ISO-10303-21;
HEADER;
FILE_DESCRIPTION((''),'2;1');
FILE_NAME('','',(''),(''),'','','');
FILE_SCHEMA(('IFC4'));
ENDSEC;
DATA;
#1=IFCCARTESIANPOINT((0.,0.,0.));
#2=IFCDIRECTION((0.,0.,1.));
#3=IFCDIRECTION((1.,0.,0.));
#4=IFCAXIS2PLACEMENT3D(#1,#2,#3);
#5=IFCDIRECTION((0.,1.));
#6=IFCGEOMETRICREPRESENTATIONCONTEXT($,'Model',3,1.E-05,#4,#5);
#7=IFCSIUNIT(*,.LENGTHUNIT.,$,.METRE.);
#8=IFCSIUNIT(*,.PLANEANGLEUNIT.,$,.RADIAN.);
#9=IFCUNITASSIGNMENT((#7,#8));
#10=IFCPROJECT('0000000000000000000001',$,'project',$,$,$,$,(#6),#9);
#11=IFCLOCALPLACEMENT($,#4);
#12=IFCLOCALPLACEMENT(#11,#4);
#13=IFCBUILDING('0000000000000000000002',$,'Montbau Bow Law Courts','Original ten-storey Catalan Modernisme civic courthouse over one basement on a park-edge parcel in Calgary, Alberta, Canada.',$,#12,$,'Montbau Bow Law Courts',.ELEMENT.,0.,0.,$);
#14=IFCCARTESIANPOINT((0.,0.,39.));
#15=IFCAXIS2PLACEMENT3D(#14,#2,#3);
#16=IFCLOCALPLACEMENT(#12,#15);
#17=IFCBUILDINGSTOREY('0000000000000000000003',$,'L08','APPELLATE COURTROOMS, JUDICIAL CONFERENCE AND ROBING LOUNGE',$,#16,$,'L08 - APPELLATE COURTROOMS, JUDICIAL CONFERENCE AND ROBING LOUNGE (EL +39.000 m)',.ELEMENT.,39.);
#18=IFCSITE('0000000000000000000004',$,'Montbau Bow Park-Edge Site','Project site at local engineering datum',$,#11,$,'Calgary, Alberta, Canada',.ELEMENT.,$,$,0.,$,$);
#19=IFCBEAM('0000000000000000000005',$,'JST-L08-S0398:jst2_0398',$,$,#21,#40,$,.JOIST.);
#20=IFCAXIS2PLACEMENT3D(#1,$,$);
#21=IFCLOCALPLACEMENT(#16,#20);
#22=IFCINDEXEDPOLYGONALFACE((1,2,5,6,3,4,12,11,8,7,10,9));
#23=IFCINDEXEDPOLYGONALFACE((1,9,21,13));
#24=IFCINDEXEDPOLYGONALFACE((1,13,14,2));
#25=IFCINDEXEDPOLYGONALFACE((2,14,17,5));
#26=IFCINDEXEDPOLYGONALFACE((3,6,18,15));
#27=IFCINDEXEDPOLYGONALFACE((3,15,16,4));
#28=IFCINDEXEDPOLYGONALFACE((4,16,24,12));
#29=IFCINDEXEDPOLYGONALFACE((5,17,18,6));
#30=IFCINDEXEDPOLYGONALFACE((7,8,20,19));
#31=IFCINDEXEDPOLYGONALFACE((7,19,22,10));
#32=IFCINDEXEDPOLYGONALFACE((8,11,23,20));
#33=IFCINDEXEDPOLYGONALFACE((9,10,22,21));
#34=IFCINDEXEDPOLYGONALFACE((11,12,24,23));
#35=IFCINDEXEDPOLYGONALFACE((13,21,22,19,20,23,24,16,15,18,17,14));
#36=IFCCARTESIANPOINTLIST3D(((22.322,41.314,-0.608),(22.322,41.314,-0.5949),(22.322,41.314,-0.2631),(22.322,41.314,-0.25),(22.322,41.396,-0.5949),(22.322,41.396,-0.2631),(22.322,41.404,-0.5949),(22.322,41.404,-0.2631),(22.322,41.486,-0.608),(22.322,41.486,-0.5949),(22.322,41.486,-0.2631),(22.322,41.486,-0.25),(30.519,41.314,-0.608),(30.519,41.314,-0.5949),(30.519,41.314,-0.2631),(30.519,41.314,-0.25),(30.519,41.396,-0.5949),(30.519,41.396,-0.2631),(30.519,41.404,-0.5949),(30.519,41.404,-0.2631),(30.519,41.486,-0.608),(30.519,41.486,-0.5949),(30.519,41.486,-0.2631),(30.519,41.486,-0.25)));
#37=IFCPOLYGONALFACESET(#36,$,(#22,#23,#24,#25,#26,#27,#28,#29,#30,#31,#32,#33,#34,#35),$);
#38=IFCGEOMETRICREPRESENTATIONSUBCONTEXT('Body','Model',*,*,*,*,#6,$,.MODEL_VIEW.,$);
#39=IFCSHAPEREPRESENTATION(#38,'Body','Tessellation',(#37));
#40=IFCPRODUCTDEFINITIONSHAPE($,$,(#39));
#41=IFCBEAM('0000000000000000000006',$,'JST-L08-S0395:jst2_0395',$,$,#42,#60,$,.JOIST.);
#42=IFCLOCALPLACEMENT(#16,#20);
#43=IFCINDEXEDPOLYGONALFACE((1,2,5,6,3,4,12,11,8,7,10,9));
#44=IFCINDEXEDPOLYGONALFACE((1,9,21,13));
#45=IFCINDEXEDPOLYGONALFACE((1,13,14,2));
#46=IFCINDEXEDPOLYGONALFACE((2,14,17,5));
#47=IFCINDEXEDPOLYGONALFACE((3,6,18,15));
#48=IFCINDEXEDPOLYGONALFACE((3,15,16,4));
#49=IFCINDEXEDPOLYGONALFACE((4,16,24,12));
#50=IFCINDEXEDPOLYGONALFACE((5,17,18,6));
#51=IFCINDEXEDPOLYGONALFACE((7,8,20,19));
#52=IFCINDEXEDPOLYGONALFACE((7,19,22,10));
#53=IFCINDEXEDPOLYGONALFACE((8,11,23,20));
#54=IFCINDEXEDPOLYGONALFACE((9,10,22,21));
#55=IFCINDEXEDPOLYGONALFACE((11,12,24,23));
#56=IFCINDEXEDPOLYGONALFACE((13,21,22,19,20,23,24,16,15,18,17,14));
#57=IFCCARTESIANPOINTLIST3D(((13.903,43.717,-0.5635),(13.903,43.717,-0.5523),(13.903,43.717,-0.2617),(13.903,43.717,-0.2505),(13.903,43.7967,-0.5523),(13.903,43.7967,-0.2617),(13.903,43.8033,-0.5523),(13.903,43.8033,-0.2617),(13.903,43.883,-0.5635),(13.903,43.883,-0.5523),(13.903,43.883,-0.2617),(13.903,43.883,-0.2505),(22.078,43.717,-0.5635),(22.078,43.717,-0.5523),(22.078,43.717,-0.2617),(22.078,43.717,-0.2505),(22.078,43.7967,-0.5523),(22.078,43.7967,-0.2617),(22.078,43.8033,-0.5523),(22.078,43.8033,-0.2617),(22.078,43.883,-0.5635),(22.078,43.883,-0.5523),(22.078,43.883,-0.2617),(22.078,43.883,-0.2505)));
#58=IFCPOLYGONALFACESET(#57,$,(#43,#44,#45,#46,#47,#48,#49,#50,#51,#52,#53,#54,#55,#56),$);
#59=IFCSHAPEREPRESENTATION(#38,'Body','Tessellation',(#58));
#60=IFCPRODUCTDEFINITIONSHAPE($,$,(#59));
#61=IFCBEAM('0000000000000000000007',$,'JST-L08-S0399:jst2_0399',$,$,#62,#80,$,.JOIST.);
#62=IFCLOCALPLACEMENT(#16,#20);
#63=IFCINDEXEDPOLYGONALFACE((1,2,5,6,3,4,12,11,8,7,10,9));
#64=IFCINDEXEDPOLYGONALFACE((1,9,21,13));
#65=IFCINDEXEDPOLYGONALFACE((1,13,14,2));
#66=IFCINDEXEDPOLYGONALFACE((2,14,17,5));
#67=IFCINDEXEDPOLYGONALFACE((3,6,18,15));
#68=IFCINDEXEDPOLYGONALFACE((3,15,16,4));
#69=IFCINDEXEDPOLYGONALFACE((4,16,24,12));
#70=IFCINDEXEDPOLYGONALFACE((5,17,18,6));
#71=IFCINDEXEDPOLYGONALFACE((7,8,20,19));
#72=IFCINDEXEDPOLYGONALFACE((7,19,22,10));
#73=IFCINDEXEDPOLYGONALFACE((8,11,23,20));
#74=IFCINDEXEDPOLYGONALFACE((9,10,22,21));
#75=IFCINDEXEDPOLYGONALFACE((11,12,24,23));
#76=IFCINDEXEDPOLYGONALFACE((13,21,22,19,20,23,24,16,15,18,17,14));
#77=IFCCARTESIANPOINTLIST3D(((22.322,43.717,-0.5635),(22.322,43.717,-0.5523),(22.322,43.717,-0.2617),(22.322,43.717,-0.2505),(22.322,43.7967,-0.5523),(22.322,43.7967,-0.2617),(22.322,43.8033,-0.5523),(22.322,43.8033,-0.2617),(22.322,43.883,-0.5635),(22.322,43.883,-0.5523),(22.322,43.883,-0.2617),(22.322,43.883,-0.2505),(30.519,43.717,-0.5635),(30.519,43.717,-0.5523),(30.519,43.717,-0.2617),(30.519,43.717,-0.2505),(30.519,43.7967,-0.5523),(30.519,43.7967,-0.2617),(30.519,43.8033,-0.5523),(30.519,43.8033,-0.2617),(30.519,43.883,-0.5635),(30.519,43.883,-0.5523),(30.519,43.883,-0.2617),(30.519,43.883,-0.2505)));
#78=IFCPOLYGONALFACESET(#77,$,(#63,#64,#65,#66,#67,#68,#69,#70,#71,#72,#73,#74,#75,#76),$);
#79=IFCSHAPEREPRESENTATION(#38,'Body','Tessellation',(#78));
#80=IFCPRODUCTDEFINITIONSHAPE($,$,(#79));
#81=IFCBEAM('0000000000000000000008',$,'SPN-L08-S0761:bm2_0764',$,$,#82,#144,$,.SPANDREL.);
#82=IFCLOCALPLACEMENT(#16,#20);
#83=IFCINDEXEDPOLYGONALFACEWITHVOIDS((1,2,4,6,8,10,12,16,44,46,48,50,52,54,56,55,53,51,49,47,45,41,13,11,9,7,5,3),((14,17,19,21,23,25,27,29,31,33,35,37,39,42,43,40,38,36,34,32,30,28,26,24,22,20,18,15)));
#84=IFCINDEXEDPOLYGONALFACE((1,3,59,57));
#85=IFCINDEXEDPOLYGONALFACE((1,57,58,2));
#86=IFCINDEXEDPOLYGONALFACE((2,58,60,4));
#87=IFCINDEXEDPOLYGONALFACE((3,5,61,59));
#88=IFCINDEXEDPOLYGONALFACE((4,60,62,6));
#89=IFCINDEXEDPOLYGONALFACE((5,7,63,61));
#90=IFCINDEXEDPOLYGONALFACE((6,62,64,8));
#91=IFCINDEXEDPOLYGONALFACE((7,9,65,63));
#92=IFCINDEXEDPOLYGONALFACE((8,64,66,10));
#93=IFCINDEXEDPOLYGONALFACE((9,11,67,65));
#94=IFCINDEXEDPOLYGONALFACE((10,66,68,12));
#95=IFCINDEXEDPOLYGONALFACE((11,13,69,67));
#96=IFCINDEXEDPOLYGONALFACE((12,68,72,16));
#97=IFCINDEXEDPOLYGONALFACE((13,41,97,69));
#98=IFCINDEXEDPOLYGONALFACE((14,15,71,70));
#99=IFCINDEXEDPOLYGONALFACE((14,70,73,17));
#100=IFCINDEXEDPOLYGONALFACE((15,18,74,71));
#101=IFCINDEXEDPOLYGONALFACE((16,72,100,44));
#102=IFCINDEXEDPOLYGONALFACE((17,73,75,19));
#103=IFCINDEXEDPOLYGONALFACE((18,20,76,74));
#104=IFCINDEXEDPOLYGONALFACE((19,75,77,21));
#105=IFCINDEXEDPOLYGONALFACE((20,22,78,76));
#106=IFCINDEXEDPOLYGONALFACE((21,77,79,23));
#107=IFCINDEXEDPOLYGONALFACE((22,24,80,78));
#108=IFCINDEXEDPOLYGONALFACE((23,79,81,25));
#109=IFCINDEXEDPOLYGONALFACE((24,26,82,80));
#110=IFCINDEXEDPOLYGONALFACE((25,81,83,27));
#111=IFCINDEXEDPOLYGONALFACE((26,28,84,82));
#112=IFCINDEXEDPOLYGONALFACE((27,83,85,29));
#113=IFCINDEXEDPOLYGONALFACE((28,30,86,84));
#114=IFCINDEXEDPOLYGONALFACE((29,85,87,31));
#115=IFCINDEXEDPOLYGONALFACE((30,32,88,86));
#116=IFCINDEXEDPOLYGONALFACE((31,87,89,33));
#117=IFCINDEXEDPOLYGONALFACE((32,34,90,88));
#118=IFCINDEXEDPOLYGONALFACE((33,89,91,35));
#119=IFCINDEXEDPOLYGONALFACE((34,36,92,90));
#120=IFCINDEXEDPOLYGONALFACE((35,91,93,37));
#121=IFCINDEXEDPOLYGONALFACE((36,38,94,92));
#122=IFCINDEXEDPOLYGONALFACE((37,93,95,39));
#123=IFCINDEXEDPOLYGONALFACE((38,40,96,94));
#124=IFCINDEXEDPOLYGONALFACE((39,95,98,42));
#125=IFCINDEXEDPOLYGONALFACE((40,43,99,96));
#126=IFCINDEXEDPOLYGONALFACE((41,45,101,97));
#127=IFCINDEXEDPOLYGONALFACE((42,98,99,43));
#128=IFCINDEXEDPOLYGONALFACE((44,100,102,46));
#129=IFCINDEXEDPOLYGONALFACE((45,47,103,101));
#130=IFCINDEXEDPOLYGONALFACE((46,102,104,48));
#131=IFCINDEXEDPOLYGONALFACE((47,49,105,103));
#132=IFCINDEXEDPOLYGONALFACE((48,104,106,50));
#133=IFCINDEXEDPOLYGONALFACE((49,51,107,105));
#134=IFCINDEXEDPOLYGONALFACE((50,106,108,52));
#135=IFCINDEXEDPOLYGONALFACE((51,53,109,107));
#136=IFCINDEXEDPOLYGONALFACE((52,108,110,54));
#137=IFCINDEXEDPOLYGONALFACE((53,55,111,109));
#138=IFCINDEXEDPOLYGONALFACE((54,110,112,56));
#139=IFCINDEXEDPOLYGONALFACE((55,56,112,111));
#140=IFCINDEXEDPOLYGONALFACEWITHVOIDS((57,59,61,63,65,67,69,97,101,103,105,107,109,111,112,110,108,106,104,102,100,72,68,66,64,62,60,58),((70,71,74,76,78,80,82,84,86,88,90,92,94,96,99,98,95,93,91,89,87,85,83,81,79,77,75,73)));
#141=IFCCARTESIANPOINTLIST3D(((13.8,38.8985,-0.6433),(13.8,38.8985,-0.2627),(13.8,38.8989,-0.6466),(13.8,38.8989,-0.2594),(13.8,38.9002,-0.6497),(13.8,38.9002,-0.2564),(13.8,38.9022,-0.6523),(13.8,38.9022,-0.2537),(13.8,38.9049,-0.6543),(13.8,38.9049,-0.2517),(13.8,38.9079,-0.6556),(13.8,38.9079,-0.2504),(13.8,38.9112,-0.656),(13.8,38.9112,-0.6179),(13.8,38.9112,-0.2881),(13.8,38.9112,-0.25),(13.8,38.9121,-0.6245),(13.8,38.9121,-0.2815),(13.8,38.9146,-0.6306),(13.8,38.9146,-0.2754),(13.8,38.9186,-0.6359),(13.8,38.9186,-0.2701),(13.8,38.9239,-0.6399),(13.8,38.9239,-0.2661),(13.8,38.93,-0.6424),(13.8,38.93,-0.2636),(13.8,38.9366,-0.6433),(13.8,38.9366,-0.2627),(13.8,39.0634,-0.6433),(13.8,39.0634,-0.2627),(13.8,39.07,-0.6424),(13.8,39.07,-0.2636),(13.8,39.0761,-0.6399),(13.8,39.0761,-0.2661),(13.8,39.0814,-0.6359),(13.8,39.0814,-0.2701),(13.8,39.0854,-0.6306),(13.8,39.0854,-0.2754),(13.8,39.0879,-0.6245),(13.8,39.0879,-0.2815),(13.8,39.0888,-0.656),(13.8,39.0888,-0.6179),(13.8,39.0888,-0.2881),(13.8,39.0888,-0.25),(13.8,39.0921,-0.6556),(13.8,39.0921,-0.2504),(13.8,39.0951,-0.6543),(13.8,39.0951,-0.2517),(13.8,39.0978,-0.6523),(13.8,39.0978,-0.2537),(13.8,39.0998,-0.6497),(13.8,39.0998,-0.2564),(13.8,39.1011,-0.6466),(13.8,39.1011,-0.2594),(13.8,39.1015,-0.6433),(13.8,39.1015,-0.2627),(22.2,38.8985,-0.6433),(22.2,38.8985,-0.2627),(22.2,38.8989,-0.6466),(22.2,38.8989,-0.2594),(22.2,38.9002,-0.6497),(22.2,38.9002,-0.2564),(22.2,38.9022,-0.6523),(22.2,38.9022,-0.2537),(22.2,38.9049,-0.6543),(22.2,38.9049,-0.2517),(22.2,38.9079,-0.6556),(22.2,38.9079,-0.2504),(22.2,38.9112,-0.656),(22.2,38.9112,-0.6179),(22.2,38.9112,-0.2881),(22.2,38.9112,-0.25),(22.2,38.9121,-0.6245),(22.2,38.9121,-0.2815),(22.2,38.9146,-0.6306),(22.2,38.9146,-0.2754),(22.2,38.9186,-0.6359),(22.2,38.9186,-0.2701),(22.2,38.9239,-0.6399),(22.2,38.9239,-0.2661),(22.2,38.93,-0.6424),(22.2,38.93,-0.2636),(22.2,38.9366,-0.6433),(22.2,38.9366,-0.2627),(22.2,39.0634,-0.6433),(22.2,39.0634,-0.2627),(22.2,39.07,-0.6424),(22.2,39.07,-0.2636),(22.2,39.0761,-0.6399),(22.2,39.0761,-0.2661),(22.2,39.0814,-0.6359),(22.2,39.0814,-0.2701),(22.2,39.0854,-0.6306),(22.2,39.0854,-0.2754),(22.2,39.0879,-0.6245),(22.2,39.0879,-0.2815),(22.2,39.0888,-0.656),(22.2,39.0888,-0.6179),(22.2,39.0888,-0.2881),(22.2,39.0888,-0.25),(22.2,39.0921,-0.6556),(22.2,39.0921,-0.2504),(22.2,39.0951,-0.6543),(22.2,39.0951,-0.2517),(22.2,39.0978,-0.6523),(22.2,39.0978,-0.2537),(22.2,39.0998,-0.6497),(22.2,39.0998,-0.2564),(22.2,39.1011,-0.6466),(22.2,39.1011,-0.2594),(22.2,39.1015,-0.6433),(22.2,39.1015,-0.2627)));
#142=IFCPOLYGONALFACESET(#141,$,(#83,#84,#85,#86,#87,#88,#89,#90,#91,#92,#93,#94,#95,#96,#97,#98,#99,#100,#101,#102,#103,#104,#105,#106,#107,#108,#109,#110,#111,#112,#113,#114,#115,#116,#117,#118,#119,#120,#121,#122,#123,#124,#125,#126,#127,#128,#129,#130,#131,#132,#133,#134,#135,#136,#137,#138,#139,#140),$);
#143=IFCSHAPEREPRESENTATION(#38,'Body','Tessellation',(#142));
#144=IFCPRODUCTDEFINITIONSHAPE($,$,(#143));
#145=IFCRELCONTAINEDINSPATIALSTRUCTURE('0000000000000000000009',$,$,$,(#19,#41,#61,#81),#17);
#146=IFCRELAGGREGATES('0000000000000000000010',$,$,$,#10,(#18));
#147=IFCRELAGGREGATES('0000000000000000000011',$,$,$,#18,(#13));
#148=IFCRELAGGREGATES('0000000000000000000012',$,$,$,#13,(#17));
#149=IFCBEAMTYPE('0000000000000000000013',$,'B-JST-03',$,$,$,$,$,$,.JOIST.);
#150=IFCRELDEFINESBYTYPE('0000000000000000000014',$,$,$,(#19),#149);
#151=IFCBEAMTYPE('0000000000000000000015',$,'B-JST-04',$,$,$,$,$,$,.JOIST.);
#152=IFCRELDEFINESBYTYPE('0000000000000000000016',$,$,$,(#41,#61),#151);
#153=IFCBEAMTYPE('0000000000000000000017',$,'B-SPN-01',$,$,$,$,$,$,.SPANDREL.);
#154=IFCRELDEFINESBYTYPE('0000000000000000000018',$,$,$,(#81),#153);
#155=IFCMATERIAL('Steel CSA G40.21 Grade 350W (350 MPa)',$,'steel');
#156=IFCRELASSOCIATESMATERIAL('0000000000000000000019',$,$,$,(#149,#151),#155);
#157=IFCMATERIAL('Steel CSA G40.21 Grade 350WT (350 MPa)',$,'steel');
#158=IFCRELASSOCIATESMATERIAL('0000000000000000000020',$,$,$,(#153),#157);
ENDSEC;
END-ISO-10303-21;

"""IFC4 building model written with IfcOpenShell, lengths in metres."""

from ifc_helpers import new_model, si_unit, direction, frame, origin_with_axes, origin_2d_with_axis, place, context, subcontext, project, spatial, hollow_rectangle, i_section, extrude, material, material_profile, profile_set, type_object, element, save


model = new_model("IFC4")

# Units and contexts
model_context = context("Model", 3, precision=1e-05, world=origin_with_axes(), true_north=direction((0.0, 1.0)))
body_context = subcontext(model_context, "Body", "Model", "MODEL_VIEW")
ifc_project = project(units=[si_unit("LENGTHUNIT", "METRE"), si_unit("PLANEANGLEUNIT", "RADIAN")], contexts=[model_context])

# Site, building, storey
site_placement = place(None, origin_with_axes())
site = spatial("IfcSite", under=ifc_project, at=site_placement, Name="Montbau Bow Park-Edge Site", Description="Project site at local engineering datum", LongName="Calgary, Alberta, Canada", CompositionType="ELEMENT", RefElevation=0.0)
building_placement = place(site_placement, origin_with_axes())
building = spatial("IfcBuilding", under=site, at=building_placement, Name="Montbau Bow Law Courts", Description="Original ten-storey Catalan Modernisme civic courthouse over one basement on a park-edge parcel in Calgary, Alberta, Canada.", LongName="Montbau Bow Law Courts", CompositionType="ELEMENT", ElevationOfRefHeight=0.0, ElevationOfTerrain=0.0)
storey_placement = place(building_placement, frame((0.0, 0.0, 39.0), z_axis=(0.0, 0.0, 1.0), x_axis=(1.0, 0.0, 0.0)))
storey = spatial("IfcBuildingStorey", under=building, at=storey_placement, Name="L08", Description="APPELLATE COURTROOMS, JUDICIAL CONFERENCE AND ROBING LOUNGE", LongName="L08 - APPELLATE COURTROOMS, JUDICIAL CONFERENCE AND ROBING LOUNGE (EL +39.000 m)", CompositionType="ELEMENT", Elevation=39.0)

# Beams
ifc_material_1 = material(Name="Steel CSA G40.21 Grade 350W (350 MPa)", Category="steel")
ifc_material_profile_1 = material_profile(ifc_material_1, i_section(OverallWidth=0.172, OverallDepth=0.358, WebThickness=0.0079, FlangeThickness=0.0131, at=origin_2d_with_axis()), Name="W360X57", Category="Main", Priority=0)
ifc_profile_set_1 = profile_set([ifc_material_profile_1], Name="Steel CSA G40.21 Grade 350W (350 MPa)")
beam_type_1 = type_object("IfcBeamType", Name="B-JST-03", PredefinedType="JOIST", material=ifc_profile_set_1)
beam_1_placement = place(None, frame((22.322, 41.4, 38.571), z_axis=(1.0, 0.0, 0.0), x_axis=(0.0, 1.0, 0.0)))
element("IfcBeam", 1, at=beam_1_placement, inside=storey, type_object=beam_type_1, Name="JST-L08-S0398:jst2_0398", PredefinedType="JOIST", context=body_context, shape_type="SweptSolid", body=[
    extrude(i_section(OverallWidth=0.172, OverallDepth=0.358, WebThickness=0.0079, FlangeThickness=0.0131, at=origin_2d_with_axis()), origin_with_axes(), (0.0, 0.0, 1.0), 8.197),
])
ifc_material_profile_2 = material_profile(ifc_material_1, i_section(OverallWidth=0.166, OverallDepth=0.313, WebThickness=0.0066, FlangeThickness=0.0112, at=origin_2d_with_axis()), Name="W310X45", Category="Main", Priority=0)
ifc_profile_set_2 = profile_set([ifc_material_profile_2], Name="Steel CSA G40.21 Grade 350W (350 MPa)")
beam_type_2 = type_object("IfcBeamType", Name="B-JST-04", PredefinedType="JOIST", material=ifc_profile_set_2)
beam_2_placement = place(None, frame((13.903, 43.8, 38.593), z_axis=(1.0, 0.0, 0.0), x_axis=(0.0, 1.0, 0.0)))
element("IfcBeam", 2, at=beam_2_placement, inside=storey, type_object=beam_type_2, Name="JST-L08-S0395:jst2_0395", PredefinedType="JOIST", context=body_context, shape_type="SweptSolid", body=[
    extrude(i_section(OverallWidth=0.166, OverallDepth=0.313, WebThickness=0.0066, FlangeThickness=0.0112, at=origin_2d_with_axis()), origin_with_axes(), (0.0, 0.0, 1.0), 8.175),
])
beam_3_placement = place(None, frame((22.322, 43.8, 38.593), z_axis=(1.0, 0.0, 0.0), x_axis=(0.0, 1.0, 0.0)))
element("IfcBeam", 3, at=beam_3_placement, inside=storey, type_object=beam_type_2, Name="JST-L08-S0399:jst2_0399", PredefinedType="JOIST", context=body_context, shape_type="SweptSolid", body=[
    extrude(i_section(OverallWidth=0.166, OverallDepth=0.313, WebThickness=0.0066, FlangeThickness=0.0112, at=origin_2d_with_axis()), origin_with_axes(), (0.0, 0.0, 1.0), 8.197),
])
ifc_material_2 = material(Name="Steel CSA G40.21 Grade 350WT (350 MPa)", Category="steel")
ifc_material_profile_3 = material_profile(ifc_material_2, hollow_rectangle(XDim=0.203, YDim=0.406, WallThickness=0.0127, InnerFilletRadius=0.0254, OuterFilletRadius=0.0127, at=origin_2d_with_axis()), Name="HSS406X203X13", Category="Main", Priority=0)
ifc_profile_set_3 = profile_set([ifc_material_profile_3], Name="Steel CSA G40.21 Grade 350WT (350 MPa)")
beam_type_3 = type_object("IfcBeamType", Name="B-SPN-01", PredefinedType="SPANDREL", material=ifc_profile_set_3)
for number, where, z_axis, x_axis, name in (
    (4, (13.8, 39.0, 38.547), (1.0, 0.0, 0.0), (0.0, 1.0, 0.0), "SPN-L08-S0761:bm2_0764"),
):
    element("IfcBeam", number, at=place(None, frame(where, z_axis=z_axis, x_axis=x_axis)), inside=storey, type_object=beam_type_3, Name=name, PredefinedType="SPANDREL", context=body_context, shape_type="SweptSolid", body=[
        extrude(hollow_rectangle(XDim=0.203, YDim=0.406, WallThickness=0.0127, InnerFilletRadius=0.0254, OuterFilletRadius=0.0127, at=origin_2d_with_axis()), origin_with_axes(), (0.0, 0.0, 1.0), 8.4),
    ])

save(model, "model.ifc")
